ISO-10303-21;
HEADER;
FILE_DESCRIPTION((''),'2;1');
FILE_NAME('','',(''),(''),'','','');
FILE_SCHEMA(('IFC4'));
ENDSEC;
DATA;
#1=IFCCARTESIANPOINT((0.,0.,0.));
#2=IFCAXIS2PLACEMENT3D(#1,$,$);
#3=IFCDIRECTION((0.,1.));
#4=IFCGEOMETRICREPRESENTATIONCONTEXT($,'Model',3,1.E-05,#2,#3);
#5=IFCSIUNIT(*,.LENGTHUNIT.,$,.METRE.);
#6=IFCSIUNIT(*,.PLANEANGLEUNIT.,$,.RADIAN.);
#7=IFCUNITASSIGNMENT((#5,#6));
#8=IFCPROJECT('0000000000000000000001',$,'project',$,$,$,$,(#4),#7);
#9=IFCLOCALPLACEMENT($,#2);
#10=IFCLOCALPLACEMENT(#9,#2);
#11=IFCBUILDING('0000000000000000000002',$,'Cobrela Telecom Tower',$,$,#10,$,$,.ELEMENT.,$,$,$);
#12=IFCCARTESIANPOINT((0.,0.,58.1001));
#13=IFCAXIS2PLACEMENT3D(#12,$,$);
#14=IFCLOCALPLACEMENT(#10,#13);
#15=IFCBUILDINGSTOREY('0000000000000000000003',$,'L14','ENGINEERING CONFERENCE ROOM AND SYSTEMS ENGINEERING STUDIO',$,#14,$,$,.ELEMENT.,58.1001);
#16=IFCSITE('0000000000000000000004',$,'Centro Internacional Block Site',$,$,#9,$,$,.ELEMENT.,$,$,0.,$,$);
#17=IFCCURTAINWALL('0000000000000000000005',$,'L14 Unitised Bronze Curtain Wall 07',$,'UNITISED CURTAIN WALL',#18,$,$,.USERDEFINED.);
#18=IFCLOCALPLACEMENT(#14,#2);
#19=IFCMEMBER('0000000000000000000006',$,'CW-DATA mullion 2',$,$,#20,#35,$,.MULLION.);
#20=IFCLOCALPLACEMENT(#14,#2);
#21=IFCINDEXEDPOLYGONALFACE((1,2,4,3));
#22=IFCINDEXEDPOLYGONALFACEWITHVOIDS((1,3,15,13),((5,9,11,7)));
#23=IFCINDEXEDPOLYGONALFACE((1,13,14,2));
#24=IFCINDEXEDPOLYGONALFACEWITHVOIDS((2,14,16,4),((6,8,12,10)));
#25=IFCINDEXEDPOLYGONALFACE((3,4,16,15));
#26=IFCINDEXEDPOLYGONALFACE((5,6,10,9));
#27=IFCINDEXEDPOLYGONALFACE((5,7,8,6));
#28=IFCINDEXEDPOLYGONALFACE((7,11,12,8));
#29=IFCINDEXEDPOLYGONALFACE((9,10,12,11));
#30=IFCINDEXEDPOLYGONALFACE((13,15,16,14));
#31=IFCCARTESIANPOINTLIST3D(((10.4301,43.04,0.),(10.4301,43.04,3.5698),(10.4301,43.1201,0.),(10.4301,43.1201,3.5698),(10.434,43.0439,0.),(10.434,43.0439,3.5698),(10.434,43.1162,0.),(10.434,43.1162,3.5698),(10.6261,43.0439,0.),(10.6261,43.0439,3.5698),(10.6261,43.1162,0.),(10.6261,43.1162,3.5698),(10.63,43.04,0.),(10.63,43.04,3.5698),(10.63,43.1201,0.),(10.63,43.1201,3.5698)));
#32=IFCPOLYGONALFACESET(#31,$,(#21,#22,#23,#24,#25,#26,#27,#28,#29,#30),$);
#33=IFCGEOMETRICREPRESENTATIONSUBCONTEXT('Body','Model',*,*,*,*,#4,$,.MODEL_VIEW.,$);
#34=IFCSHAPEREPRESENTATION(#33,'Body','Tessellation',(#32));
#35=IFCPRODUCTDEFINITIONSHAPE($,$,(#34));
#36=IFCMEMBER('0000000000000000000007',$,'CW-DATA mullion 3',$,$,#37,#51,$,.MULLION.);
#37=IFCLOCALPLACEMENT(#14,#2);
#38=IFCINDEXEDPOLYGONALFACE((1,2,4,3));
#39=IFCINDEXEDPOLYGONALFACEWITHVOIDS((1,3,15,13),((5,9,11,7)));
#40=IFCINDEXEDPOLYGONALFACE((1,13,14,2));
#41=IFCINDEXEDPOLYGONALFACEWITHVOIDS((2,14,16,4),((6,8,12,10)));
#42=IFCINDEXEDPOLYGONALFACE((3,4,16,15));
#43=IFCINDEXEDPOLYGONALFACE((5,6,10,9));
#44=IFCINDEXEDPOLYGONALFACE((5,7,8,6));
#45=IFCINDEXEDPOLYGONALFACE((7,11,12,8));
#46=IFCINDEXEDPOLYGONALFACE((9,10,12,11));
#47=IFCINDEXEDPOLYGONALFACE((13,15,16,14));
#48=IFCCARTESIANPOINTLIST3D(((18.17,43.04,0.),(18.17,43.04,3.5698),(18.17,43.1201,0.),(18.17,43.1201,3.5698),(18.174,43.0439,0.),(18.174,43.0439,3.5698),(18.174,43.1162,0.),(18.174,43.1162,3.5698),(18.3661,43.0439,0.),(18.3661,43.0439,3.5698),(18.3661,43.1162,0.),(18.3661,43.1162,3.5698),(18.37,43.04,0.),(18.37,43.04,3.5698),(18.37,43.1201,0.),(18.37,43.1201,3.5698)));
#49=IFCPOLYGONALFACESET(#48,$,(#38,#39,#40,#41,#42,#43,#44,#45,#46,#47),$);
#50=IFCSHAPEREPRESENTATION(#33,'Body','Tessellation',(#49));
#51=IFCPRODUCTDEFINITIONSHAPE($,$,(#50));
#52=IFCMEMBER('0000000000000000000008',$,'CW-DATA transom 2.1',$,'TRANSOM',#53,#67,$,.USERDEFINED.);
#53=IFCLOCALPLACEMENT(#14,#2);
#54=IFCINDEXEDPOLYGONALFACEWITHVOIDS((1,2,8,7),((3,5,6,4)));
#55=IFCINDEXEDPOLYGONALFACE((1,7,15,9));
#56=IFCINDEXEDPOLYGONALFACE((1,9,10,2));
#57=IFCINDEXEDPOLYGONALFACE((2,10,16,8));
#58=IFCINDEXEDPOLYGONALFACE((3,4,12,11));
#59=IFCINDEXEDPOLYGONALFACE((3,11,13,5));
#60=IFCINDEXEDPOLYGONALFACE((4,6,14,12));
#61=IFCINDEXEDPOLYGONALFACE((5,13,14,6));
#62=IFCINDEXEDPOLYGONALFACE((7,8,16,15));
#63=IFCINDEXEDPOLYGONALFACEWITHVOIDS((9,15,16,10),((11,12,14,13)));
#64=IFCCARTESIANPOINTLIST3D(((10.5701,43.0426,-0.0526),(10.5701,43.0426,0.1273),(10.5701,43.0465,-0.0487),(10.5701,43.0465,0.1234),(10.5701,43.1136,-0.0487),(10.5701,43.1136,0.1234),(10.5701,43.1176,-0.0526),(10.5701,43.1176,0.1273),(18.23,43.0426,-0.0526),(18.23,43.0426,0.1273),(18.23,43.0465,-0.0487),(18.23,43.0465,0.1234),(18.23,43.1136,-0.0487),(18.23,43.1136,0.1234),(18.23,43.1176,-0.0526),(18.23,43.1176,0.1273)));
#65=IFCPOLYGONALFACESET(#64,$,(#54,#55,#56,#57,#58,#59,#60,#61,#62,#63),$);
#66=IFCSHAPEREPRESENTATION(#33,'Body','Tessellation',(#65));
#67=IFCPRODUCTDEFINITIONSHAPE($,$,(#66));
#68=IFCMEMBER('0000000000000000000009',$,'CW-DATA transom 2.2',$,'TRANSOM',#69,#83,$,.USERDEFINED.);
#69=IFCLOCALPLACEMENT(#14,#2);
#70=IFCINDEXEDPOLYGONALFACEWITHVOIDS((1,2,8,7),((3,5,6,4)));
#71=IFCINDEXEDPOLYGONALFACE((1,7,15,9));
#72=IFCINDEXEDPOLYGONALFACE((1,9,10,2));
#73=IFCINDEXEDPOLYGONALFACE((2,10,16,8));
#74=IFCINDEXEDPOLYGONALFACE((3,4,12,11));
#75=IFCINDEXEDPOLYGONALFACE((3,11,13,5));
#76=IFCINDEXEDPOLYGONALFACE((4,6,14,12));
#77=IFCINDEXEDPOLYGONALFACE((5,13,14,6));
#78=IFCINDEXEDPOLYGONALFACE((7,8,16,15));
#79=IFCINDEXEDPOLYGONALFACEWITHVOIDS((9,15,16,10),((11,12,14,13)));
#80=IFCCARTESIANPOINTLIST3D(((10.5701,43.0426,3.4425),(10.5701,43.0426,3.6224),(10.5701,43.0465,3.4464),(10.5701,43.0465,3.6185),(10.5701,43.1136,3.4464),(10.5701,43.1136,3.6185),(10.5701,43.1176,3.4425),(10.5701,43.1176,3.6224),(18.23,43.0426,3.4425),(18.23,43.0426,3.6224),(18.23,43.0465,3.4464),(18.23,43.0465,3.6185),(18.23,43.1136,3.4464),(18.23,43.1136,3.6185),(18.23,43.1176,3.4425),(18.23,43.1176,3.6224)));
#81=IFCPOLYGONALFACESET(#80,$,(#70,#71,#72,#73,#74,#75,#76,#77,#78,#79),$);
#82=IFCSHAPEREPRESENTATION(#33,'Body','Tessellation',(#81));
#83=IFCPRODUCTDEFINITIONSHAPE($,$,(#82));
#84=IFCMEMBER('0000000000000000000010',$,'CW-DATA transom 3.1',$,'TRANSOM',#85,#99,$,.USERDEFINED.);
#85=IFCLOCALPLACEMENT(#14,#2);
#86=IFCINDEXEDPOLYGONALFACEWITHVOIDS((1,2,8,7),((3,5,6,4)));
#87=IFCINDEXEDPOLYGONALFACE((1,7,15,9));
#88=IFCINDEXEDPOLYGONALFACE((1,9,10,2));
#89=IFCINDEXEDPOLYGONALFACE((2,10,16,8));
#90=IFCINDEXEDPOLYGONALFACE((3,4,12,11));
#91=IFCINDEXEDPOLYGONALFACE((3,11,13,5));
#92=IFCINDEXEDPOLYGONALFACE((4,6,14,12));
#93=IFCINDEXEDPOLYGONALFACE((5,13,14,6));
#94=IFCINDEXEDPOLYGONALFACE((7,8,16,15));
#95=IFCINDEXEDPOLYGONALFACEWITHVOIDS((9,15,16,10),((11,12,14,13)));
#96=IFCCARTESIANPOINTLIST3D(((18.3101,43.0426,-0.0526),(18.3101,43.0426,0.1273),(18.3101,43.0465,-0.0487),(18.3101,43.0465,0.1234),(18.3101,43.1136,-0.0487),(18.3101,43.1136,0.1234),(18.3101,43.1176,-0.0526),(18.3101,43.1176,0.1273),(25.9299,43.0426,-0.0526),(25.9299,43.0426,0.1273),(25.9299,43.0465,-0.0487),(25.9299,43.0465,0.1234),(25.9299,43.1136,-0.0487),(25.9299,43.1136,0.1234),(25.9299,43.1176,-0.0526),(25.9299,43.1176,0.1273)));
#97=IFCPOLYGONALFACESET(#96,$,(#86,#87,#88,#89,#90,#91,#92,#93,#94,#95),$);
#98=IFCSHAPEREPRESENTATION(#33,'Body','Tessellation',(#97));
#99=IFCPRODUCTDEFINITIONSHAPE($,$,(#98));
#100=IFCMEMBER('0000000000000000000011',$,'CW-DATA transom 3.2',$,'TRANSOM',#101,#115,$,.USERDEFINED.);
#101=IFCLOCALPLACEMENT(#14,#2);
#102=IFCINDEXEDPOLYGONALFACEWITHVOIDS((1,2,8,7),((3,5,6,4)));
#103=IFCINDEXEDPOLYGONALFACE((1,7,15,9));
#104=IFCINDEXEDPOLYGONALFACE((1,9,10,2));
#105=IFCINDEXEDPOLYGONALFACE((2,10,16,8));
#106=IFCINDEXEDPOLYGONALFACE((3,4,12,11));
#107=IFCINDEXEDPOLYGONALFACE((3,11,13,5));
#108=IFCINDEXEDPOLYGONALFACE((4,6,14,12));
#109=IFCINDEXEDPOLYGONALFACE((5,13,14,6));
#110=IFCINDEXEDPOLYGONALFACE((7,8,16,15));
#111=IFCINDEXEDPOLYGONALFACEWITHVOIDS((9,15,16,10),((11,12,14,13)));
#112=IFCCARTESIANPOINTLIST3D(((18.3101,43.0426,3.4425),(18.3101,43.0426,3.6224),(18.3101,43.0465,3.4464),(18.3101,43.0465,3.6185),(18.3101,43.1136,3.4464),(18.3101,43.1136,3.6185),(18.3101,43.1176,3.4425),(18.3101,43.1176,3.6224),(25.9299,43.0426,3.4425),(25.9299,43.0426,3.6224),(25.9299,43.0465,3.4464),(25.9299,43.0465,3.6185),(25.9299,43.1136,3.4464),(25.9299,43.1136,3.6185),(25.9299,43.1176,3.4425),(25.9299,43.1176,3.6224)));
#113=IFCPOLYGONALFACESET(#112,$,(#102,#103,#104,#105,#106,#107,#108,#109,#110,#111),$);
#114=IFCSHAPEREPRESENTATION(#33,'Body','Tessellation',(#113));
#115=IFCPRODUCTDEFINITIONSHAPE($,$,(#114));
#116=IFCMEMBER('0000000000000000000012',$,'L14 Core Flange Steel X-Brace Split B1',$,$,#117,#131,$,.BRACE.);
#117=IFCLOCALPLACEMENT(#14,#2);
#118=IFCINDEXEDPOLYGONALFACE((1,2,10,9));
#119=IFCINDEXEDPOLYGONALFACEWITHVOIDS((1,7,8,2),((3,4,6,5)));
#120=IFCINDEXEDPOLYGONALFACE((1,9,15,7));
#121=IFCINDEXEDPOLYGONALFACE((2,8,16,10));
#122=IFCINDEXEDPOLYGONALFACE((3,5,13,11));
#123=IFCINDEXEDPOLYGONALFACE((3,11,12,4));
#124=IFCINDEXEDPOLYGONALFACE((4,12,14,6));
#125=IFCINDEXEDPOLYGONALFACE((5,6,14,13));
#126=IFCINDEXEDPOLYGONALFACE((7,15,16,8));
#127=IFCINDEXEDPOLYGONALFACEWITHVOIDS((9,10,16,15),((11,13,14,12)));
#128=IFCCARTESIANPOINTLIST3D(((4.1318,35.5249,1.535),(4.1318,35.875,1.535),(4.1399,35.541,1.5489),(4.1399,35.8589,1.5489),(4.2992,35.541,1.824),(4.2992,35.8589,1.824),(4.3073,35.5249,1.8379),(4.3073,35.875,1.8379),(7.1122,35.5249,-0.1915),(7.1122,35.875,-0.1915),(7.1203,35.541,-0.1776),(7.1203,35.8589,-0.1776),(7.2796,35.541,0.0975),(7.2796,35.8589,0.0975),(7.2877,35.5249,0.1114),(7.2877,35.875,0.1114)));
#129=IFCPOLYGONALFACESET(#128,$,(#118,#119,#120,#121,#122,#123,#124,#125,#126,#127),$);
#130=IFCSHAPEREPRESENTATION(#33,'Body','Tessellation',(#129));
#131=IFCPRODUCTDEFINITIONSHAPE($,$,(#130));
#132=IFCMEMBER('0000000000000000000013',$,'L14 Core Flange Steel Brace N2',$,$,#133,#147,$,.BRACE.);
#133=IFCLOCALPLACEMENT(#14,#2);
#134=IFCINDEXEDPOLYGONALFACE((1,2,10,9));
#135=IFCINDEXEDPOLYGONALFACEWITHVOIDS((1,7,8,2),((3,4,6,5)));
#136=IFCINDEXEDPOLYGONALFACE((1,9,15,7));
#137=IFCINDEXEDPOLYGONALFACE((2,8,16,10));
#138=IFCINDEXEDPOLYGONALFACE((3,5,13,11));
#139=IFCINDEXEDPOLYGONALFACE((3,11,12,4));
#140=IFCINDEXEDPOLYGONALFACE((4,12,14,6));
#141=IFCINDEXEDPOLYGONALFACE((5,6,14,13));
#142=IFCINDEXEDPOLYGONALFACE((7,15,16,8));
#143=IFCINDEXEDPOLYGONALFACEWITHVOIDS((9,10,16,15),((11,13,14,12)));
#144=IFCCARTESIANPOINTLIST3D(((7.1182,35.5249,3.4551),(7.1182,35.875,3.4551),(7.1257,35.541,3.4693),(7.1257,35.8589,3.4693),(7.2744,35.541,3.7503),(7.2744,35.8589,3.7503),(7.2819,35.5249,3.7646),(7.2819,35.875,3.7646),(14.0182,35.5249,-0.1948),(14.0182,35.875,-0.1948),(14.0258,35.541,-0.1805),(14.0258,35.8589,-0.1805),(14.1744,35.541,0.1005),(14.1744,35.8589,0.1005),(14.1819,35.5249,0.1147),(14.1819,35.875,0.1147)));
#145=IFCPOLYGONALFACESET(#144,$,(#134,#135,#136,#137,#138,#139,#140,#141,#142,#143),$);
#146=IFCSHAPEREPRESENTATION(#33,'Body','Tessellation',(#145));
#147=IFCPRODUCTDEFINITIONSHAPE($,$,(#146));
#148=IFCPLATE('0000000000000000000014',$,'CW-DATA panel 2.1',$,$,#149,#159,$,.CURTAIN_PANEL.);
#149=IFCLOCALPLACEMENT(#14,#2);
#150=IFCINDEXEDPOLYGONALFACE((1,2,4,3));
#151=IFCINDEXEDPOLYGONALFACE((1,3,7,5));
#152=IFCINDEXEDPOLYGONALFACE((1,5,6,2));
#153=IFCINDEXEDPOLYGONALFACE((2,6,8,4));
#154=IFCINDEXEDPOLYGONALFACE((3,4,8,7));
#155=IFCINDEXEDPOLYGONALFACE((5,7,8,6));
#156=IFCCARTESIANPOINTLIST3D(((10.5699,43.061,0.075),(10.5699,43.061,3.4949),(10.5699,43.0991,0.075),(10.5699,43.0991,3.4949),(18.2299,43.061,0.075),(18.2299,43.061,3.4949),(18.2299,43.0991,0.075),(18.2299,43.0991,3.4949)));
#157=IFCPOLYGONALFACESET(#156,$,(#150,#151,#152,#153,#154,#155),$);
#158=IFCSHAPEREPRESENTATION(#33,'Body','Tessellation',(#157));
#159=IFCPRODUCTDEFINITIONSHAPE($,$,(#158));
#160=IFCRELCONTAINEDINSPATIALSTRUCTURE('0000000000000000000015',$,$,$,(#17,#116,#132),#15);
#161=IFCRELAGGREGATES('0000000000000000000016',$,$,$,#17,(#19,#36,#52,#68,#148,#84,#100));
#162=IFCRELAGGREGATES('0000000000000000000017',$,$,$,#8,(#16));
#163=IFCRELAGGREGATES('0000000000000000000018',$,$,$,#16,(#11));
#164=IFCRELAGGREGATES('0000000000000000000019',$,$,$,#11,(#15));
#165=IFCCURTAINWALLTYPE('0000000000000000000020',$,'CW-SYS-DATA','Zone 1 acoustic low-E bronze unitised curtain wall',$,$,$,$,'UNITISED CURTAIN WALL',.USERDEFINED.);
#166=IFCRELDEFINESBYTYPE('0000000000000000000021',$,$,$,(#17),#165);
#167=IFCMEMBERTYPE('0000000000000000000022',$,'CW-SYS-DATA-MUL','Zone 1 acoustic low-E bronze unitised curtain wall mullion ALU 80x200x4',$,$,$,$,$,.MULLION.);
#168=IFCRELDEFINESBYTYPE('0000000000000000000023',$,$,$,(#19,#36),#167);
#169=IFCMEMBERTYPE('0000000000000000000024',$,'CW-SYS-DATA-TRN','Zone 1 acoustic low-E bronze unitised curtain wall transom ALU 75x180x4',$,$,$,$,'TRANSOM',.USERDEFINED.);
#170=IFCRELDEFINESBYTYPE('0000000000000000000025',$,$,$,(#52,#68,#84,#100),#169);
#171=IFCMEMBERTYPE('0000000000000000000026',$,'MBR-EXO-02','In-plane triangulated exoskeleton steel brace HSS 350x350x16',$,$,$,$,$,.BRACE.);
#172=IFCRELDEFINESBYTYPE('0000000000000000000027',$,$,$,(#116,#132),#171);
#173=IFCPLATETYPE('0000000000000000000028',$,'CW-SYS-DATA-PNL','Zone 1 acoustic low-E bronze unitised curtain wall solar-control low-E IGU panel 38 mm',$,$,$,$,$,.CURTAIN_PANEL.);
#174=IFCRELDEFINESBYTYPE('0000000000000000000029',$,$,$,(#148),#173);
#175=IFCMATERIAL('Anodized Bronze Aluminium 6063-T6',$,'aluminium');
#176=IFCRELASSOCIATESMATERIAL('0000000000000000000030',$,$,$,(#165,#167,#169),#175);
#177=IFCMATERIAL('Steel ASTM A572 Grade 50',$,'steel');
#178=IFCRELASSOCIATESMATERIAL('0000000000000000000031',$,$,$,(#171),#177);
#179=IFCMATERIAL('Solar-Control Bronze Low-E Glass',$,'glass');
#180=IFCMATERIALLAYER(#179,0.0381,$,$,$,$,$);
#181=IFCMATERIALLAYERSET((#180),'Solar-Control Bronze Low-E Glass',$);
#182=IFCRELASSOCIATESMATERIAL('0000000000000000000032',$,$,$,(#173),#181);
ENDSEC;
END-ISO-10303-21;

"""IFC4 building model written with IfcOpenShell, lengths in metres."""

from ifc_helpers import new_model, si_unit, direction, frame, origin, origin_2d, place, context, subcontext, project, spatial, rectangle, hollow_rectangle, extrude, material, layer, layer_set, material_profile, profile_set, type_object, element, aggregate, save


model = new_model("IFC4")

# Units and contexts
model_context = context("Model", 3, precision=1e-05, world=origin(), true_north=direction((0.0, 1.0)))
body_context = subcontext(model_context, "Body", "Model", "MODEL_VIEW")
ifc_project = project(units=[si_unit("LENGTHUNIT", "METRE"), si_unit("PLANEANGLEUNIT", "RADIAN")], contexts=[model_context])

# Site, building, storey
site_placement = place(None, origin())
site = spatial("IfcSite", under=ifc_project, at=site_placement, Name="Centro Internacional Block Site", CompositionType="ELEMENT", RefElevation=0.0)
building_placement = place(site_placement, origin())
building = spatial("IfcBuilding", under=site, at=building_placement, Name="Cobrela Telecom Tower", CompositionType="ELEMENT")
storey_placement = place(building_placement, frame((0.0, 0.0, 58.1001)))
storey = spatial("IfcBuildingStorey", under=building, at=storey_placement, Name="L14", Description="ENGINEERING CONFERENCE ROOM AND SYSTEMS ENGINEERING STUDIO", CompositionType="ELEMENT", Elevation=58.1001)

# Shared definitions
ifc_material_1 = material(Name="Steel ASTM A572 Grade 50", Category="steel")

# Curtain wall, members
ifc_material_2 = material(Name="Anodized Bronze Aluminium 6063-T6", Category="aluminium")
curtain_wall_type = type_object("IfcCurtainWallType", Name="CW-SYS-DATA", Description="Zone 1 acoustic low-E bronze unitised curtain wall", ElementType="UNITISED CURTAIN WALL", PredefinedType="USERDEFINED", material=ifc_material_2)
curtain_wall_placement = place(storey_placement, origin())
curtain_wall = element("IfcCurtainWall", 1, at=curtain_wall_placement, inside=storey, type_object=curtain_wall_type, Name="L14 Unitised Bronze Curtain Wall 07", ObjectType="UNITISED CURTAIN WALL", PredefinedType="USERDEFINED")
ifc_material_profile_1 = material_profile(ifc_material_2, hollow_rectangle(XDim=0.0801, YDim=0.2, WallThickness=0.0039, at=origin_2d()), Name="ALU 80x200x4")
ifc_profile_set_1 = profile_set([ifc_material_profile_1], Name="Anodized Bronze Aluminium 6063-T6")
member_type_1 = type_object("IfcMemberType", Name="CW-SYS-DATA-MUL", Description="Zone 1 acoustic low-E bronze unitised curtain wall mullion ALU 80x200x4", PredefinedType="MULLION", material=ifc_profile_set_1)
member_1_placement = place(storey_placement, frame((10.53, 43.0801, 0.0), z_axis=(0.0, 0.0, 1.0), x_axis=(0.0, 1.0, 0.0)))
member_1 = element("IfcMember", 2, at=member_1_placement, type_object=member_type_1, Name="CW-DATA mullion 2", PredefinedType="MULLION", context=body_context, shape_type="SweptSolid", body=[
    extrude(hollow_rectangle(XDim=0.0801, YDim=0.2, WallThickness=0.0039, at=origin_2d()), origin(), (0.0, 0.0, 1.0), 3.5698),
])
member_2_placement = place(storey_placement, frame((18.27, 43.0801, 0.0), z_axis=(0.0, 0.0, 1.0), x_axis=(0.0, 1.0, 0.0)))
member_2 = element("IfcMember", 3, at=member_2_placement, type_object=member_type_1, Name="CW-DATA mullion 3", PredefinedType="MULLION", context=body_context, shape_type="SweptSolid", body=[
    extrude(hollow_rectangle(XDim=0.0801, YDim=0.2, WallThickness=0.0039, at=origin_2d()), origin(), (0.0, 0.0, 1.0), 3.5698),
])
ifc_material_profile_2 = material_profile(ifc_material_2, hollow_rectangle(XDim=0.075, YDim=0.1799, WallThickness=0.0039, at=origin_2d()), Name="ALU 75x180x4")
ifc_profile_set_2 = profile_set([ifc_material_profile_2], Name="Anodized Bronze Aluminium 6063-T6")
member_type_2 = type_object("IfcMemberType", Name="CW-SYS-DATA-TRN", Description="Zone 1 acoustic low-E bronze unitised curtain wall transom ALU 75x180x4", ElementType="TRANSOM", PredefinedType="USERDEFINED", material=ifc_profile_set_2)
member_3_placement = place(storey_placement, frame((10.5701, 43.0801, 0.0374), z_axis=(1.0, 0.0, 0.0), x_axis=(0.0, 1.0, 0.0)))
member_3 = element("IfcMember", 4, at=member_3_placement, type_object=member_type_2, Name="CW-DATA transom 2.1", ObjectType="TRANSOM", PredefinedType="USERDEFINED", context=body_context, shape_type="SweptSolid", body=[
    extrude(hollow_rectangle(XDim=0.075, YDim=0.1799, WallThickness=0.0039, at=origin_2d()), origin(), (0.0, 0.0, 1.0), 7.6599),
])
member_4_placement = place(storey_placement, frame((10.5701, 43.0801, 3.5325), z_axis=(1.0, 0.0, 0.0), x_axis=(0.0, 1.0, 0.0)))
member_4 = element("IfcMember", 5, at=member_4_placement, type_object=member_type_2, Name="CW-DATA transom 2.2", ObjectType="TRANSOM", PredefinedType="USERDEFINED", context=body_context, shape_type="SweptSolid", body=[
    extrude(hollow_rectangle(XDim=0.075, YDim=0.1799, WallThickness=0.0039, at=origin_2d()), origin(), (0.0, 0.0, 1.0), 7.6599),
])
member_5_placement = place(storey_placement, frame((18.3101, 43.0801, 0.0374), z_axis=(1.0, 0.0, 0.0), x_axis=(0.0, 1.0, 0.0)))
member_5 = element("IfcMember", 6, at=member_5_placement, type_object=member_type_2, Name="CW-DATA transom 3.1", ObjectType="TRANSOM", PredefinedType="USERDEFINED", context=body_context, shape_type="SweptSolid", body=[
    extrude(hollow_rectangle(XDim=0.075, YDim=0.1799, WallThickness=0.0039, at=origin_2d()), origin(), (0.0, 0.0, 1.0), 7.6199),
])
member_6_placement = place(storey_placement, frame((18.3101, 43.0801, 3.5325), z_axis=(1.0, 0.0, 0.0), x_axis=(0.0, 1.0, 0.0)))
member_6 = element("IfcMember", 7, at=member_6_placement, type_object=member_type_2, Name="CW-DATA transom 3.2", ObjectType="TRANSOM", PredefinedType="USERDEFINED", context=body_context, shape_type="SweptSolid", body=[
    extrude(hollow_rectangle(XDim=0.075, YDim=0.1799, WallThickness=0.0039, at=origin_2d()), origin(), (0.0, 0.0, 1.0), 7.6199),
])

# Members
ifc_material_profile_3 = material_profile(ifc_material_1, hollow_rectangle(XDim=0.3501, YDim=0.3501, WallThickness=0.0161, at=origin_2d()), Name="HSS 350x350x16")
ifc_profile_set_3 = profile_set([ifc_material_profile_3], Name="Steel ASTM A572 Grade 50")
member_type_3 = type_object("IfcMemberType", Name="MBR-EXO-02", Description="In-plane triangulated exoskeleton steel brace HSS 350x350x16", PredefinedType="BRACE", material=ifc_profile_set_3)
member_7_placement = place(storey_placement, frame((7.2, 35.7, -0.04), z_axis=(-0.865297, 0.0, 0.50126), x_axis=(0.0, -1.0, 0.0)))
element("IfcMember", 8, at=member_7_placement, inside=storey, type_object=member_type_3, Name="L14 Core Flange Steel X-Brace Split B1", PredefinedType="BRACE", context=body_context, shape_type="SweptSolid", body=[
    extrude(hollow_rectangle(XDim=0.3501, YDim=0.3501, WallThickness=0.0161, at=origin_2d()), origin(), (0.0, 0.0, 1.0), 3.4443),
])
member_8_placement = place(storey_placement, frame((14.1001, 35.7, -0.04), z_axis=(-0.883953, 0.0, 0.467576), x_axis=(0.0, -1.0, 0.0)))
element("IfcMember", 9, at=member_8_placement, inside=storey, type_object=member_type_3, Name="L14 Core Flange Steel Brace N2", PredefinedType="BRACE", context=body_context, shape_type="SweptSolid", body=[
    extrude(hollow_rectangle(XDim=0.3501, YDim=0.3501, WallThickness=0.0161, at=origin_2d()), origin(), (0.0, 0.0, 1.0), 7.8059),
])

# Plate
ifc_material_3 = material(Name="Solar-Control Bronze Low-E Glass", Category="glass")
ifc_layer = layer(ifc_material_3, 0.0381)
ifc_layer_set = layer_set([ifc_layer], Name="Solar-Control Bronze Low-E Glass")
plate_type = type_object("IfcPlateType", Name="CW-SYS-DATA-PNL", Description="Zone 1 acoustic low-E bronze unitised curtain wall solar-control low-E IGU panel 38 mm", PredefinedType="CURTAIN_PANEL", material=ifc_layer_set)
plate_placement = place(storey_placement, frame((14.3999, 43.0801, 0.075), z_axis=(0.0, 0.0, 1.0), x_axis=(1.0, 0.0, 0.0)))
plate = element("IfcPlate", 10, at=plate_placement, type_object=plate_type, Name="CW-DATA panel 2.1", PredefinedType="CURTAIN_PANEL", context=body_context, shape_type="SweptSolid", body=[
    extrude(rectangle(XDim=7.6599, YDim=0.0381, at=origin_2d()), origin(), (0.0, 0.0, 1.0), 3.4199),
])
aggregate(curtain_wall, [member_1, member_2, member_3, member_4, plate, member_5, member_6])

save(model, "model.ifc")
